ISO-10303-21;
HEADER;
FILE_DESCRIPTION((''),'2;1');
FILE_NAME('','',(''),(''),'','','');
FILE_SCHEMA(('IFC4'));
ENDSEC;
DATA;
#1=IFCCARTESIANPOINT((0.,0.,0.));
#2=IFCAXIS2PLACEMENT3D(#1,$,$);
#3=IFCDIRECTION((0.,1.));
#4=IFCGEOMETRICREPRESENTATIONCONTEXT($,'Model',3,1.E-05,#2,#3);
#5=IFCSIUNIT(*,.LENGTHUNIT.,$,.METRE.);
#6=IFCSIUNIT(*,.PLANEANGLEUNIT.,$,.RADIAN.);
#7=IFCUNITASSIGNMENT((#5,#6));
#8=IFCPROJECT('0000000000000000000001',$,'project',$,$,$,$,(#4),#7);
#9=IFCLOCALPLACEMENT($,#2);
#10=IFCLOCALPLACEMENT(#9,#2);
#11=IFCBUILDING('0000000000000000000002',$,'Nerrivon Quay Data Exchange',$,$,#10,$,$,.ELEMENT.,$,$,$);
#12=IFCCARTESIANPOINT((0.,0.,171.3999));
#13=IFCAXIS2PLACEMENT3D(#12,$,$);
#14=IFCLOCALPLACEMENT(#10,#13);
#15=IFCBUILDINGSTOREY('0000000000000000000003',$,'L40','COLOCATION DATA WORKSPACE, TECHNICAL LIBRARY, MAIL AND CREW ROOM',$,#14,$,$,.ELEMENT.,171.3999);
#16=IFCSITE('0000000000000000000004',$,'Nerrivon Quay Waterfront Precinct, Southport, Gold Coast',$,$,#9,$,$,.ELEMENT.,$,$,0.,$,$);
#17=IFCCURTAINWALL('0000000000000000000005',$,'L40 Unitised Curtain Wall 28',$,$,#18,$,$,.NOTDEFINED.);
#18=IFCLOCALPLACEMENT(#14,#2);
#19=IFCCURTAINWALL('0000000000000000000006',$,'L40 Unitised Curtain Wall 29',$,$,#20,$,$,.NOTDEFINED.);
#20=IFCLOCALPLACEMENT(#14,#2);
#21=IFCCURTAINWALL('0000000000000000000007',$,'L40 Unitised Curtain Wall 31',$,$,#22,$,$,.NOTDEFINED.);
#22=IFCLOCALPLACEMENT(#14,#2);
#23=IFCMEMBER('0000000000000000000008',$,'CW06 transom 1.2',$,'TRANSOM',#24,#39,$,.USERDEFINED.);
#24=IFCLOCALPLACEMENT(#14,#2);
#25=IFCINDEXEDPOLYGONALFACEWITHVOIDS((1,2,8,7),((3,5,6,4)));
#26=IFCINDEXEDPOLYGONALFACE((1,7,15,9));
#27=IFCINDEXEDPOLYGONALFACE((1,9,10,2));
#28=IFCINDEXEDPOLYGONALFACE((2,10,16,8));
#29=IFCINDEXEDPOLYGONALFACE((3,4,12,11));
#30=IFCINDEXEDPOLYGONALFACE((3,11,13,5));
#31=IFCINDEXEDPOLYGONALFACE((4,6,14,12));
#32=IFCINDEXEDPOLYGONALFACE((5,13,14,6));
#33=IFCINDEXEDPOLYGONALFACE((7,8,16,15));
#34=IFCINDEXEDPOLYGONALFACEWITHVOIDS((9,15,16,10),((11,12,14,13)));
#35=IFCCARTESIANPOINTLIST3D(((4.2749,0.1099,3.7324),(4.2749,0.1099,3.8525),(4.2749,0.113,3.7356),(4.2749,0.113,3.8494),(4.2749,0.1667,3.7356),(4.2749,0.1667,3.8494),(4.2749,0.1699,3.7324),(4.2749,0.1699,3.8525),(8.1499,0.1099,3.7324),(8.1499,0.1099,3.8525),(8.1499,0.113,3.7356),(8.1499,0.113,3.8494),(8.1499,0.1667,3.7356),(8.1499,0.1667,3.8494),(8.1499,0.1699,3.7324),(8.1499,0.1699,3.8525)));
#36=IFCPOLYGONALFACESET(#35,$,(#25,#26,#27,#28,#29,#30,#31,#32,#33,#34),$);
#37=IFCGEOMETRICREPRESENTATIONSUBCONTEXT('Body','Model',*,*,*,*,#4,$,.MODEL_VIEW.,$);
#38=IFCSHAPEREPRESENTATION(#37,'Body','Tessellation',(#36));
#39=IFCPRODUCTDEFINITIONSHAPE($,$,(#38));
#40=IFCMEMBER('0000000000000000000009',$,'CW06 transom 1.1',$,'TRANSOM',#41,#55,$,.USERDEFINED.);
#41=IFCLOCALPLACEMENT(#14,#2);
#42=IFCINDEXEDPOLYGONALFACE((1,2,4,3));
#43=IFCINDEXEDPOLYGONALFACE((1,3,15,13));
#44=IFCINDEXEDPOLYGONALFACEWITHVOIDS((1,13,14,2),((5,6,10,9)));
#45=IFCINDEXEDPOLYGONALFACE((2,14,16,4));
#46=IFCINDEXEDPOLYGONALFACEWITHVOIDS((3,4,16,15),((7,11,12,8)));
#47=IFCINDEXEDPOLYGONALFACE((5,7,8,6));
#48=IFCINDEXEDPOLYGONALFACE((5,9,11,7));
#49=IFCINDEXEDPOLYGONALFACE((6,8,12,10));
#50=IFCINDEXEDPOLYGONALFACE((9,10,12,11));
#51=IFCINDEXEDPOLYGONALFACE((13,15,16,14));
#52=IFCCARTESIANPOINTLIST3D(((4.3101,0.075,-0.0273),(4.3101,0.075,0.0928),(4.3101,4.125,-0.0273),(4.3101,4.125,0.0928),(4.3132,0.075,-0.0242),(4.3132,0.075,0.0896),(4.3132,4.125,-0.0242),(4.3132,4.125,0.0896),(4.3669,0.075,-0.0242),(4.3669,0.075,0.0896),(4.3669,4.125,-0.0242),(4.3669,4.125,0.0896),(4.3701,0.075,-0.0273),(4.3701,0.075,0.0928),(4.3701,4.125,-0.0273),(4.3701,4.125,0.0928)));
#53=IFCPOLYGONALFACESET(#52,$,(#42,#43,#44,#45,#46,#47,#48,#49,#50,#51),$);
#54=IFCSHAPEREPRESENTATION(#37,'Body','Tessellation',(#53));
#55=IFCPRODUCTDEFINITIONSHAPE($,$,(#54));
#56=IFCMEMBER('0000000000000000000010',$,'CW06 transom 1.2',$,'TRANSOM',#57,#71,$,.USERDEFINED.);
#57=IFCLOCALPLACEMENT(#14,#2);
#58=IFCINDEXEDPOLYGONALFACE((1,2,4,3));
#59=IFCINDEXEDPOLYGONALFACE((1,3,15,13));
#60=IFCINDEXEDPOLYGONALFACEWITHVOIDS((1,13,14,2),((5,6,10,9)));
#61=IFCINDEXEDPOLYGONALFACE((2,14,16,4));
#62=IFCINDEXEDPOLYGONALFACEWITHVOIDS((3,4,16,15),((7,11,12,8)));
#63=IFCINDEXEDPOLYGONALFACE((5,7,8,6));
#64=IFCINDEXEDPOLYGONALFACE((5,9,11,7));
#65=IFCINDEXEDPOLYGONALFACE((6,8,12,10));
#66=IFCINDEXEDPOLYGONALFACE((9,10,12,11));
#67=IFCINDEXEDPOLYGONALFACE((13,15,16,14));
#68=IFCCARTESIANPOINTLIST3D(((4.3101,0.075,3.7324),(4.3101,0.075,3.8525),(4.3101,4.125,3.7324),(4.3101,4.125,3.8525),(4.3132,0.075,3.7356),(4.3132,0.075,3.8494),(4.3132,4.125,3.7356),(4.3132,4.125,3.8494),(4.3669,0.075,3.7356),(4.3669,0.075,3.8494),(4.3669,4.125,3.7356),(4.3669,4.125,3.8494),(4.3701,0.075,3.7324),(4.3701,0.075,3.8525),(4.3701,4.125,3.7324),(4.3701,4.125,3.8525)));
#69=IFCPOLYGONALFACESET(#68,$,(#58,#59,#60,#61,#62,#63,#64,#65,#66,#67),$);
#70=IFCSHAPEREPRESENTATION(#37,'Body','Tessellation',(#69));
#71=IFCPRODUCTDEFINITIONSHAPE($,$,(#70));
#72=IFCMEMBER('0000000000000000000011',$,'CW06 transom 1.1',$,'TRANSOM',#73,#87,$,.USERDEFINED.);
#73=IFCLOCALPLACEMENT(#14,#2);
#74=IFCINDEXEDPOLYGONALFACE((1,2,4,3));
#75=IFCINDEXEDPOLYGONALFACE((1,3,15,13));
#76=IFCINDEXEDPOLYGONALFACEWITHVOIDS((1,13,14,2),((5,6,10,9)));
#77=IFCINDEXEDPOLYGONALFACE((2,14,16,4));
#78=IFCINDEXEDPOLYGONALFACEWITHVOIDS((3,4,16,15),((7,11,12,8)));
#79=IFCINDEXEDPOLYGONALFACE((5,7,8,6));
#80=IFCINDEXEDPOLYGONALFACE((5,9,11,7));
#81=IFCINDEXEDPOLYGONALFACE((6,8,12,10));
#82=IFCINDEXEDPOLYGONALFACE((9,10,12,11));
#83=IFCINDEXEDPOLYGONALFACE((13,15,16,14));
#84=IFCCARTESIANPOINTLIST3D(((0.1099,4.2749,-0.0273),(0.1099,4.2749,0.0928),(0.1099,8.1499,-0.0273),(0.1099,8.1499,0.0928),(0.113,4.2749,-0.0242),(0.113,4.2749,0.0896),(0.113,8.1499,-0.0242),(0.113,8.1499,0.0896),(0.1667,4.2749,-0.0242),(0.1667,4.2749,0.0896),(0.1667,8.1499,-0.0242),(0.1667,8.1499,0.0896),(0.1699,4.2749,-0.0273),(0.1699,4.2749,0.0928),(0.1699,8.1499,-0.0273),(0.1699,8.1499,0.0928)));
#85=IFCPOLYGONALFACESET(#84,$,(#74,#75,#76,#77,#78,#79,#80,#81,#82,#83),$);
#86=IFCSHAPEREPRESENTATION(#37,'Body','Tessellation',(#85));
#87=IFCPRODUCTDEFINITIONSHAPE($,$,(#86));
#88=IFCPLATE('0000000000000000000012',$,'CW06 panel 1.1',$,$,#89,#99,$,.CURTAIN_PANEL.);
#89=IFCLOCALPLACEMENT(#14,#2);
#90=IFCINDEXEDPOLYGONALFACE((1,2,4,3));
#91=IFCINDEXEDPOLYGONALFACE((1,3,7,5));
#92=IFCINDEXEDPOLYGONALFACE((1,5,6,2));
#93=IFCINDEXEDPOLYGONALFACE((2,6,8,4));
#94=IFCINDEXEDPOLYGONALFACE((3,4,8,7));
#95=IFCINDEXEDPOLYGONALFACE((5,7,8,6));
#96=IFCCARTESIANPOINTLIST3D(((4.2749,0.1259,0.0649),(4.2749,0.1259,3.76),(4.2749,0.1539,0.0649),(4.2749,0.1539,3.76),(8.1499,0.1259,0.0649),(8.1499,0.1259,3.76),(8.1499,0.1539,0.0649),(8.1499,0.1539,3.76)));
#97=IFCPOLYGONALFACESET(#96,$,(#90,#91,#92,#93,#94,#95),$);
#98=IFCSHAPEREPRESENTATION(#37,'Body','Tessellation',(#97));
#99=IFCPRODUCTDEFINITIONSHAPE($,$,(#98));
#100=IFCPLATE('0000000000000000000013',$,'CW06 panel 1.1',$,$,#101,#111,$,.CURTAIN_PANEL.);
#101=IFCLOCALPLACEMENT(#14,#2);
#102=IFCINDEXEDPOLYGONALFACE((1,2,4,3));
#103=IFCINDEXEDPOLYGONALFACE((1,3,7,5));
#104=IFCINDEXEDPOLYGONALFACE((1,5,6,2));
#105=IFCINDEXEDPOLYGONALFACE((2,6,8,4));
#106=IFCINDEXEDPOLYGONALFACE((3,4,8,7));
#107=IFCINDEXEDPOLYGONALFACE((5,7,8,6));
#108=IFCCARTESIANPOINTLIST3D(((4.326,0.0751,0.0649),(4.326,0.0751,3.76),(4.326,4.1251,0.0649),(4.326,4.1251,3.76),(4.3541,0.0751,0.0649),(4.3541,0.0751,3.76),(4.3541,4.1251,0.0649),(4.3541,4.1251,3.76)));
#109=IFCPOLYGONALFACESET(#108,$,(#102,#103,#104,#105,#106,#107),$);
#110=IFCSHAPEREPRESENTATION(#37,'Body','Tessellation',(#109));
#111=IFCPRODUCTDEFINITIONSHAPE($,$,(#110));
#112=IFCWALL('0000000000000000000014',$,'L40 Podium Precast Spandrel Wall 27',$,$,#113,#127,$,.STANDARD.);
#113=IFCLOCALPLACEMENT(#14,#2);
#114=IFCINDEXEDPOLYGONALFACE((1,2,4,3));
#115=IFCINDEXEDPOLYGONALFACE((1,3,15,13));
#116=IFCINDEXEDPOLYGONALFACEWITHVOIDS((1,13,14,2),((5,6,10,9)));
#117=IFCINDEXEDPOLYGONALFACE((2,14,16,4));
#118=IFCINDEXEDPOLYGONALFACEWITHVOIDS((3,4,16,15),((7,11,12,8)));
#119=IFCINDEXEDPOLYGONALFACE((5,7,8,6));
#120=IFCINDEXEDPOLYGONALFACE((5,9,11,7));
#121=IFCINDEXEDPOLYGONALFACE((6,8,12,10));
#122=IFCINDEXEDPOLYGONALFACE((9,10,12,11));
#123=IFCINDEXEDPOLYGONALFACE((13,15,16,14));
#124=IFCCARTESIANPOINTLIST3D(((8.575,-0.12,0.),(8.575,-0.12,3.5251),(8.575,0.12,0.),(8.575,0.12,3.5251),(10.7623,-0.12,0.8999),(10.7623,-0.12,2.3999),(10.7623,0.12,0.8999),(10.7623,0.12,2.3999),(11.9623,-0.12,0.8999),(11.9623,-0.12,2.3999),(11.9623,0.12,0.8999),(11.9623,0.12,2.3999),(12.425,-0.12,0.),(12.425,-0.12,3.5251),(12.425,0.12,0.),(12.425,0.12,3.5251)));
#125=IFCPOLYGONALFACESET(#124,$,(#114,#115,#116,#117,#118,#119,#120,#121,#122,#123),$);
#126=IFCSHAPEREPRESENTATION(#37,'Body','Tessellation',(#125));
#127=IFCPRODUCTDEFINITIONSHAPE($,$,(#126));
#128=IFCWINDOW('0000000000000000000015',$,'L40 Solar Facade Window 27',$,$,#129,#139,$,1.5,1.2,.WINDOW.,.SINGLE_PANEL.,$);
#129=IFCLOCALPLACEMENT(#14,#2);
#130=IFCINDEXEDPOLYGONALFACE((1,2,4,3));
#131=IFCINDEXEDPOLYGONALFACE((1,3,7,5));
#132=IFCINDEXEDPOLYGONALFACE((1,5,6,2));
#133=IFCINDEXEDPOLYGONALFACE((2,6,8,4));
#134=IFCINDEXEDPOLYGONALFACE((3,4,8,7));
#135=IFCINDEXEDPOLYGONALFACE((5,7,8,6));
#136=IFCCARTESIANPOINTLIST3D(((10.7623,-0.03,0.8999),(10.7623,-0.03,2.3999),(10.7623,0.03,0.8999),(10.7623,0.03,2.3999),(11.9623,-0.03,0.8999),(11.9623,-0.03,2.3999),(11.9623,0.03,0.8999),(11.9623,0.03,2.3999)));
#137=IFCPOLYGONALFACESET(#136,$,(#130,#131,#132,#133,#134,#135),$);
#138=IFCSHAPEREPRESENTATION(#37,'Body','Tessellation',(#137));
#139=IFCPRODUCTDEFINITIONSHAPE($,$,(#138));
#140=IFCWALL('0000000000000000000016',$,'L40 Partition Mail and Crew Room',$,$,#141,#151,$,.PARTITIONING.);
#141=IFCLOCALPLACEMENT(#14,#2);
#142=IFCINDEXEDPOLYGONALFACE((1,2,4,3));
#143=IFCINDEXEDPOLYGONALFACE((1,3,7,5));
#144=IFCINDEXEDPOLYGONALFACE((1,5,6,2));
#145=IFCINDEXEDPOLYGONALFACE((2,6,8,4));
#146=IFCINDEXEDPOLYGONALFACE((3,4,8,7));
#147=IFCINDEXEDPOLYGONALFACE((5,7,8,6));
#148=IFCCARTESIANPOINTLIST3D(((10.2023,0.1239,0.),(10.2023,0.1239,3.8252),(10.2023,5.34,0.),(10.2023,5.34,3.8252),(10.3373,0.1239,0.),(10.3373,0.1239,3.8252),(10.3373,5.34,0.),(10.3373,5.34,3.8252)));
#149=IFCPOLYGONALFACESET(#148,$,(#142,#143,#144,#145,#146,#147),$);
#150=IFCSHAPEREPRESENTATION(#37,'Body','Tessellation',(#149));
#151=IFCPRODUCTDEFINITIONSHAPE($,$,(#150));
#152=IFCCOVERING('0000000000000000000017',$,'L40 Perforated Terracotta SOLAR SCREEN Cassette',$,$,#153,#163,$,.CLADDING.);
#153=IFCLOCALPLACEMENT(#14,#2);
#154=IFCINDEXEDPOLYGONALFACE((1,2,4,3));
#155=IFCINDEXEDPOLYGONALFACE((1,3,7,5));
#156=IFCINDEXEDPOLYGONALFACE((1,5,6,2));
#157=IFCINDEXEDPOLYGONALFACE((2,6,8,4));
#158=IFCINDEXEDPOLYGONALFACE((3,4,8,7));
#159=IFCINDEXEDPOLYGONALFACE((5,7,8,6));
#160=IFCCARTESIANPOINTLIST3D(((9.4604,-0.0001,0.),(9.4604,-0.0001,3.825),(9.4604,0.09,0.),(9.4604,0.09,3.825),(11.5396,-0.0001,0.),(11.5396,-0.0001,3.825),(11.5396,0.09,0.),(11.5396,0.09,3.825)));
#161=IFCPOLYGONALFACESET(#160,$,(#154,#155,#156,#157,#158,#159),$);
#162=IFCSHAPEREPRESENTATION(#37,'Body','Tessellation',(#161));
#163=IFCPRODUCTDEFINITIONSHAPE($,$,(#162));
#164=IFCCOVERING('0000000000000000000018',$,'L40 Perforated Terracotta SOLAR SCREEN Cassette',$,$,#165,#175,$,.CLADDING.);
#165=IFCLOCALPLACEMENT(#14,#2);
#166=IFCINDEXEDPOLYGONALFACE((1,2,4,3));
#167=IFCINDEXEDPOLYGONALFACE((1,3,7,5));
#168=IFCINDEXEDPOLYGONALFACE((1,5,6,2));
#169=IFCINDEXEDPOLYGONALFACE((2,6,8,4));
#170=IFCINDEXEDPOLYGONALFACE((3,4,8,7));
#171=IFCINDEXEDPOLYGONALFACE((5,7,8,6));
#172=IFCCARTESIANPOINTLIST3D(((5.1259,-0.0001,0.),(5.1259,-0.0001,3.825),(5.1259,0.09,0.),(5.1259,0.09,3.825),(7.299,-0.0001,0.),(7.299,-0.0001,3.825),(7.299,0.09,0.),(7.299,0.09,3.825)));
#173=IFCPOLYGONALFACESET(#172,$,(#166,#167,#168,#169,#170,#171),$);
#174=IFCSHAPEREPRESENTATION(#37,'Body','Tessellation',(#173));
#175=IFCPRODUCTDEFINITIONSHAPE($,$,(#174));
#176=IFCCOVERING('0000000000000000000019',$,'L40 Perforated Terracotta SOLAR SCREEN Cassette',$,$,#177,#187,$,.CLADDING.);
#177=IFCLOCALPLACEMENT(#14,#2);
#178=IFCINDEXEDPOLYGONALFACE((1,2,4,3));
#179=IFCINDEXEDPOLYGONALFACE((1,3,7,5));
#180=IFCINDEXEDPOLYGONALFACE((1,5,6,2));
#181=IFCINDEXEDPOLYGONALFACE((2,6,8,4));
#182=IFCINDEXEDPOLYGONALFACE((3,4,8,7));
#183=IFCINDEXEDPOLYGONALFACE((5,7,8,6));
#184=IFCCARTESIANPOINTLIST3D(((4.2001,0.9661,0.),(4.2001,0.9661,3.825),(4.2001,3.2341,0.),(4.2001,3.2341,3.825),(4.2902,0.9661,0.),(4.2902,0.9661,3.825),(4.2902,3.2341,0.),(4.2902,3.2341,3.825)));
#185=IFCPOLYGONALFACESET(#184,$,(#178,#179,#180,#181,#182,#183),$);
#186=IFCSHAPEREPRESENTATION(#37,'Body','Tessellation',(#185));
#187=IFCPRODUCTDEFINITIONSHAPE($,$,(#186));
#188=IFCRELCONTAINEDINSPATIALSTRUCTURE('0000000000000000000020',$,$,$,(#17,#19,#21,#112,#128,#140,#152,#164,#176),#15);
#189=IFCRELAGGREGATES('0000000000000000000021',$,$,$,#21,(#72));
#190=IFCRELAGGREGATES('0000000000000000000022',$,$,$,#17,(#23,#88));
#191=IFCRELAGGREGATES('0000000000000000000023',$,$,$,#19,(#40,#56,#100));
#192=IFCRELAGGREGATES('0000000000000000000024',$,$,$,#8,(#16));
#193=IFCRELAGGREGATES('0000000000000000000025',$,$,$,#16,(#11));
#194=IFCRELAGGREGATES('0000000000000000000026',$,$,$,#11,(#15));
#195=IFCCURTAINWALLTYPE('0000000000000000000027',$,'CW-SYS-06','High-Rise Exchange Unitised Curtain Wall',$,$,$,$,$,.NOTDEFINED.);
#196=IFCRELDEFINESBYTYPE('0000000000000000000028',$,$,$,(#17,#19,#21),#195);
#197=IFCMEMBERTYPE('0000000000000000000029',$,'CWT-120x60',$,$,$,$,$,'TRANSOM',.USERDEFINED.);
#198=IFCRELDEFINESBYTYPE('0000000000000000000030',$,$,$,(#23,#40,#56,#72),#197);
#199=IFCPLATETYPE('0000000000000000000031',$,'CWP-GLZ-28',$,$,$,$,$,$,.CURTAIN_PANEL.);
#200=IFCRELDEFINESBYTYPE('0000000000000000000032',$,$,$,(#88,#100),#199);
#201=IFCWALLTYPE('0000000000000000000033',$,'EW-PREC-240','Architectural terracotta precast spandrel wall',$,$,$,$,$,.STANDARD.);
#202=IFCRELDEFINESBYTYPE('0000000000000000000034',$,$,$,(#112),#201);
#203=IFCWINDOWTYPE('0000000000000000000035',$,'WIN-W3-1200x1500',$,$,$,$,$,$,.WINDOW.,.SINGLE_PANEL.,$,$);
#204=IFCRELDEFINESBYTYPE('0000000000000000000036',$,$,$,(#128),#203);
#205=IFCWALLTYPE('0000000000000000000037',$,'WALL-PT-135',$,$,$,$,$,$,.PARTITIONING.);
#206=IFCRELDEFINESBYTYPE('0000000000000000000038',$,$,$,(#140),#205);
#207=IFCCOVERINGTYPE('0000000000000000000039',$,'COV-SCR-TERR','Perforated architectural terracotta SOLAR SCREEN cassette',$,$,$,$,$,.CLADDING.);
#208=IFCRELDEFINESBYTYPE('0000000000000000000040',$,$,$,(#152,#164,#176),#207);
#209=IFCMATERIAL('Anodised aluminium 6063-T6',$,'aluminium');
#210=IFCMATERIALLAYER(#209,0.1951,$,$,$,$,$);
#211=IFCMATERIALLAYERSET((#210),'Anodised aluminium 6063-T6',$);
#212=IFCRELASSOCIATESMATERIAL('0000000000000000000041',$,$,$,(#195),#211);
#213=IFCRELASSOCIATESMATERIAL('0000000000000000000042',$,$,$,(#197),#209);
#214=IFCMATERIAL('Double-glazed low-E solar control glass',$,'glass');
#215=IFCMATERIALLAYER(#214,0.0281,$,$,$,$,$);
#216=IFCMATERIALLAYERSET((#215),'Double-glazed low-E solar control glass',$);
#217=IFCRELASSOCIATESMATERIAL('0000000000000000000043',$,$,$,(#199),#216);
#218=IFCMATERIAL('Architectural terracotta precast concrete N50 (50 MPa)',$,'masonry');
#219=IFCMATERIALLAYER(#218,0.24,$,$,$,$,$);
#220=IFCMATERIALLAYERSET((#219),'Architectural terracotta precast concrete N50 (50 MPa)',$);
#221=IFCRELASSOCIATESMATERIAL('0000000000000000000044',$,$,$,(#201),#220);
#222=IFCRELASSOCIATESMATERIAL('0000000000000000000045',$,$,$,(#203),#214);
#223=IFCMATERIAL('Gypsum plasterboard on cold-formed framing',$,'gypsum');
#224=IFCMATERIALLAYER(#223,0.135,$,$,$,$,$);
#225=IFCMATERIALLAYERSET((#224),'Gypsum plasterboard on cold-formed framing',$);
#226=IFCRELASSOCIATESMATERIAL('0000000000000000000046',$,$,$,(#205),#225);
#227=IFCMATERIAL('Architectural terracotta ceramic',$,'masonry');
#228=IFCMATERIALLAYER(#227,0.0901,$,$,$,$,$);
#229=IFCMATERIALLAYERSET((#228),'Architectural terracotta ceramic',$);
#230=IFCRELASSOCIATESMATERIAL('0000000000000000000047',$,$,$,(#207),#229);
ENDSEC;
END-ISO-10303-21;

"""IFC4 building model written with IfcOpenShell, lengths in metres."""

from ifc_helpers import new_model, si_unit, direction, frame, frame_2d, origin, origin_2d, place, context, subcontext, project, spatial, rectangle, hollow_rectangle, extrude, material, layer, layer_set, material_profile, profile_set, type_object, element, fill, aggregate, save


model = new_model("IFC4")

# Units and contexts
model_context = context("Model", 3, precision=1e-05, world=origin(), true_north=direction((0.0, 1.0)))
body_context = subcontext(model_context, "Body", "Model", "MODEL_VIEW")
ifc_project = project(units=[si_unit("LENGTHUNIT", "METRE"), si_unit("PLANEANGLEUNIT", "RADIAN")], contexts=[model_context])

# Site, building, storey
site_placement = place(None, origin())
site = spatial("IfcSite", under=ifc_project, at=site_placement, Name="Nerrivon Quay Waterfront Precinct, Southport, Gold Coast", CompositionType="ELEMENT", RefElevation=0.0)
building_placement = place(site_placement, origin())
building = spatial("IfcBuilding", under=site, at=building_placement, Name="Nerrivon Quay Data Exchange", CompositionType="ELEMENT")
storey_placement = place(building_placement, frame((0.0, 0.0, 171.3999)))
storey = spatial("IfcBuildingStorey", under=building, at=storey_placement, Name="L40", Description="COLOCATION DATA WORKSPACE, TECHNICAL LIBRARY, MAIL AND CREW ROOM", CompositionType="ELEMENT", Elevation=171.3999)

# Shared definitions
ifc_material_1 = material(Name="Anodised aluminium 6063-T6", Category="aluminium")
ifc_layer_1 = layer(ifc_material_1, 0.1951)
ifc_layer_set_1 = layer_set([ifc_layer_1], Name="Anodised aluminium 6063-T6")
curtain_wall_type = type_object("IfcCurtainWallType", Name="CW-SYS-06", Description="High-Rise Exchange Unitised Curtain Wall", PredefinedType="NOTDEFINED", material=ifc_layer_set_1)

# Curtain walls
curtain_wall_1_placement = place(storey_placement, origin())
curtain_wall_1 = element("IfcCurtainWall", 1, at=curtain_wall_1_placement, inside=storey, type_object=curtain_wall_type, Name="L40 Unitised Curtain Wall 28", PredefinedType="NOTDEFINED")
curtain_wall_2_placement = place(storey_placement, origin())
curtain_wall_2 = element("IfcCurtainWall", 2, at=curtain_wall_2_placement, inside=storey, type_object=curtain_wall_type, Name="L40 Unitised Curtain Wall 29", PredefinedType="NOTDEFINED")

# Curtain wall
curtain_wall_3_placement = place(storey_placement, origin())
curtain_wall_3 = element("IfcCurtainWall", 3, at=curtain_wall_3_placement, inside=storey, type_object=curtain_wall_type, Name="L40 Unitised Curtain Wall 31", PredefinedType="NOTDEFINED")

# Members
ifc_material_profile_1 = material_profile(ifc_material_1, hollow_rectangle(XDim=0.0601, YDim=0.1201, WallThickness=0.0032, at=origin_2d()), Name="ALU-TRAN-120x60")
ifc_profile_set_1 = profile_set([ifc_material_profile_1], Name="Anodised aluminium 6063-T6")
member_type_1 = type_object("IfcMemberType", Name="CWT-120x60", ElementType="TRANSOM", PredefinedType="USERDEFINED", material=ifc_profile_set_1)
member_1_placement = place(storey_placement, frame((8.1499, 0.1399, 3.7925), z_axis=(-1.0, 0.0, 0.0), x_axis=(0.0, -1.0, 0.0)))
member_1 = element("IfcMember", 4, at=member_1_placement, type_object=member_type_1, Name="CW06 transom 1.2", ObjectType="TRANSOM", PredefinedType="USERDEFINED", context=body_context, shape_type="SweptSolid", body=[
    extrude(hollow_rectangle(XDim=0.0601, YDim=0.1201, WallThickness=0.0032, at=origin_2d()), origin(), (0.0, 0.0, 1.0), 3.875),
])
member_2_placement = place(storey_placement, frame((4.3401, 0.075, 0.0327), z_axis=(0.0, 1.0, 0.0), x_axis=(-1.0, 0.0, 0.0)))
member_2 = element("IfcMember", 5, at=member_2_placement, type_object=member_type_1, Name="CW06 transom 1.1", ObjectType="TRANSOM", PredefinedType="USERDEFINED", context=body_context, shape_type="SweptSolid", body=[
    extrude(hollow_rectangle(XDim=0.0601, YDim=0.1201, WallThickness=0.0032, at=origin_2d()), origin(), (0.0, 0.0, 1.0), 4.05),
])
member_3_placement = place(storey_placement, frame((4.3401, 0.075, 3.7925), z_axis=(0.0, 1.0, 0.0), x_axis=(-1.0, 0.0, 0.0)))
member_3 = element("IfcMember", 6, at=member_3_placement, type_object=member_type_1, Name="CW06 transom 1.2", ObjectType="TRANSOM", PredefinedType="USERDEFINED", context=body_context, shape_type="SweptSolid", body=[
    extrude(hollow_rectangle(XDim=0.0601, YDim=0.1201, WallThickness=0.0032, at=origin_2d()), origin(), (0.0, 0.0, 1.0), 4.05),
])
member_4_placement = place(storey_placement, frame((0.1399, 4.2749, 0.0327), z_axis=(0.0, 1.0, 0.0), x_axis=(-1.0, 0.0, 0.0)))
member_4 = element("IfcMember", 7, at=member_4_placement, type_object=member_type_1, Name="CW06 transom 1.1", ObjectType="TRANSOM", PredefinedType="USERDEFINED", context=body_context, shape_type="SweptSolid", body=[
    extrude(hollow_rectangle(XDim=0.0601, YDim=0.1201, WallThickness=0.0032, at=origin_2d()), origin(), (0.0, 0.0, 1.0), 3.875),
])
aggregate(curtain_wall_3, [member_4])

# Plates
ifc_material_2 = material(Name="Double-glazed low-E solar control glass", Category="glass")
ifc_layer_2 = layer(ifc_material_2, 0.0281)
ifc_layer_set_2 = layer_set([ifc_layer_2], Name="Double-glazed low-E solar control glass")
plate_type = type_object("IfcPlateType", Name="CWP-GLZ-28", PredefinedType="CURTAIN_PANEL", material=ifc_layer_set_2)
plate_1_placement = place(storey_placement, frame((6.2124, 0.1399, 0.0649), z_axis=(0.0, 0.0, 1.0), x_axis=(-1.0, 0.0, 0.0)))
plate_1 = element("IfcPlate", 8, at=plate_1_placement, type_object=plate_type, Name="CW06 panel 1.1", PredefinedType="CURTAIN_PANEL", context=body_context, shape_type="SweptSolid", body=[
    extrude(rectangle(XDim=3.875, YDim=0.0281, at=origin_2d()), origin(), (0.0, 0.0, 1.0), 3.6951),
])
aggregate(curtain_wall_1, [member_1, plate_1])
plate_2_placement = place(storey_placement, frame((4.3401, 2.1001, 0.0649), z_axis=(0.0, 0.0, 1.0), x_axis=(0.0, 1.0, 0.0)))
plate_2 = element("IfcPlate", 9, at=plate_2_placement, type_object=plate_type, Name="CW06 panel 1.1", PredefinedType="CURTAIN_PANEL", context=body_context, shape_type="SweptSolid", body=[
    extrude(rectangle(XDim=4.05, YDim=0.0281, at=origin_2d()), origin(), (0.0, 0.0, 1.0), 3.6951),
])
aggregate(curtain_wall_2, [member_2, member_3, plate_2])

# Wall, opening, window
ifc_material_3 = material(Name="Architectural terracotta precast concrete N50 (50 MPa)", Category="masonry")
ifc_layer_3 = layer(ifc_material_3, 0.24)
ifc_layer_set_3 = layer_set([ifc_layer_3], Name="Architectural terracotta precast concrete N50 (50 MPa)")
wall_type_1 = type_object("IfcWallType", Name="EW-PREC-240", Description="Architectural terracotta precast spandrel wall", PredefinedType="STANDARD", material=ifc_layer_set_3)
wall_1_placement = place(storey_placement, frame((12.425, 0.0, 0.0), z_axis=(0.0, 0.0, 1.0), x_axis=(-1.0, 0.0, 0.0)))
wall_1 = element("IfcWall", 10, at=wall_1_placement, inside=storey, type_object=wall_type_1, Name="L40 Podium Precast Spandrel Wall 27", PredefinedType="STANDARD", context=body_context, shape_type="SweptSolid", body=[
    extrude(rectangle(XDim=3.8501, YDim=0.24, at=frame_2d((1.925, 0.0))), origin(), (0.0, 0.0, 1.0), 3.5251),
])
opening_placement = place(wall_1_placement, frame((0.4626, 0.0, 0.8999)))
opening = element("IfcOpeningElement", 11, at=opening_placement, cuts=wall_1, PredefinedType="OPENING", context=body_context, shape_type="SweptSolid", body=[
    extrude(rectangle(XDim=1.2, YDim=1.5, at=frame_2d((0.6001, 0.75))), frame((0.0, 0.1299, 0.0), z_axis=(0.0, -1.0, 0.0), x_axis=(1.0, 0.0, 0.0)), (0.0, 0.0, 1.0), 0.26),
])
window_type = type_object("IfcWindowType", Name="WIN-W3-1200x1500", PartitioningType="SINGLE_PANEL", PredefinedType="WINDOW", material=ifc_material_2)
window_placement = place(opening_placement, origin())
window = element("IfcWindow", 12, at=window_placement, inside=storey, type_object=window_type, Name="L40 Solar Facade Window 27", OverallHeight=1.5, OverallWidth=1.2, PartitioningType="SINGLE_PANEL", PredefinedType="WINDOW", context=body_context, shape_type="SweptSolid", body=[
    extrude(rectangle(XDim=1.2, YDim=1.5, at=frame_2d((0.6001, 0.75))), frame((0.0, 0.03, 0.0), z_axis=(0.0, -1.0, 0.0), x_axis=(1.0, 0.0, 0.0)), (0.0, 0.0, 1.0), 0.0601),
])
fill(opening, window)

# Wall
ifc_material_4 = material(Name="Gypsum plasterboard on cold-formed framing", Category="gypsum")
ifc_layer_4 = layer(ifc_material_4, 0.135)
ifc_layer_set_4 = layer_set([ifc_layer_4], Name="Gypsum plasterboard on cold-formed framing")
wall_type_2 = type_object("IfcWallType", Name="WALL-PT-135", PredefinedType="PARTITIONING", material=ifc_layer_set_4)
wall_2_placement = place(storey_placement, frame((10.2698, 0.124, 0.0), z_axis=(0.0, 0.0, 1.0), x_axis=(0.0, 1.0, 0.0)))
element("IfcWall", 13, at=wall_2_placement, inside=storey, type_object=wall_type_2, Name="L40 Partition Mail and Crew Room", PredefinedType="PARTITIONING", context=body_context, shape_type="SweptSolid", body=[
    extrude(rectangle(XDim=5.2161, YDim=0.135, at=frame_2d((2.6079, 0.0))), origin(), (0.0, 0.0, 1.0), 3.8252),
])

# Coverings
ifc_material_5 = material(Name="Architectural terracotta ceramic", Category="masonry")
ifc_layer_5 = layer(ifc_material_5, 0.0901)
ifc_layer_set_5 = layer_set([ifc_layer_5], Name="Architectural terracotta ceramic")
covering_type = type_object("IfcCoveringType", Name="COV-SCR-TERR", Description="Perforated architectural terracotta SOLAR SCREEN cassette", PredefinedType="CLADDING", material=ifc_layer_set_5)
covering_1_placement = place(storey_placement, frame((10.5, 0.0449, 0.0), z_axis=(0.0, 0.0, 1.0), x_axis=(-1.0, 0.0, 0.0)))
element("IfcCovering", 14, at=covering_1_placement, inside=storey, type_object=covering_type, Name="L40 Perforated Terracotta SOLAR SCREEN Cassette", PredefinedType="CLADDING", context=body_context, shape_type="SweptSolid", body=[
    extrude(rectangle(XDim=2.0791, YDim=0.0901, at=origin_2d()), origin(), (0.0, 0.0, 1.0), 3.825),
])
covering_2_placement = place(storey_placement, frame((6.2124, 0.0449, 0.0), z_axis=(0.0, 0.0, 1.0), x_axis=(-1.0, 0.0, 0.0)))
element("IfcCovering", 15, at=covering_2_placement, inside=storey, type_object=covering_type, Name="L40 Perforated Terracotta SOLAR SCREEN Cassette", PredefinedType="CLADDING", context=body_context, shape_type="SweptSolid", body=[
    extrude(rectangle(XDim=2.1731, YDim=0.0901, at=origin_2d()), origin(), (0.0, 0.0, 1.0), 3.825),
])
for number, where, z_axis, x_axis, name in (
    (16, (4.2451, 2.1001, 0.0), (0.0, 0.0, 1.0), (0.0, 1.0, 0.0), "L40 Perforated Terracotta SOLAR SCREEN Cassette"),
):
    element("IfcCovering", number, at=place(storey_placement, frame(where, z_axis=z_axis, x_axis=x_axis)), inside=storey, type_object=covering_type, Name=name, PredefinedType="CLADDING", context=body_context, shape_type="SweptSolid", body=[
        extrude(rectangle(XDim=2.2681, YDim=0.0901, at=origin_2d()), origin(), (0.0, 0.0, 1.0), 3.825),
    ])

save(model, "model.ifc")
